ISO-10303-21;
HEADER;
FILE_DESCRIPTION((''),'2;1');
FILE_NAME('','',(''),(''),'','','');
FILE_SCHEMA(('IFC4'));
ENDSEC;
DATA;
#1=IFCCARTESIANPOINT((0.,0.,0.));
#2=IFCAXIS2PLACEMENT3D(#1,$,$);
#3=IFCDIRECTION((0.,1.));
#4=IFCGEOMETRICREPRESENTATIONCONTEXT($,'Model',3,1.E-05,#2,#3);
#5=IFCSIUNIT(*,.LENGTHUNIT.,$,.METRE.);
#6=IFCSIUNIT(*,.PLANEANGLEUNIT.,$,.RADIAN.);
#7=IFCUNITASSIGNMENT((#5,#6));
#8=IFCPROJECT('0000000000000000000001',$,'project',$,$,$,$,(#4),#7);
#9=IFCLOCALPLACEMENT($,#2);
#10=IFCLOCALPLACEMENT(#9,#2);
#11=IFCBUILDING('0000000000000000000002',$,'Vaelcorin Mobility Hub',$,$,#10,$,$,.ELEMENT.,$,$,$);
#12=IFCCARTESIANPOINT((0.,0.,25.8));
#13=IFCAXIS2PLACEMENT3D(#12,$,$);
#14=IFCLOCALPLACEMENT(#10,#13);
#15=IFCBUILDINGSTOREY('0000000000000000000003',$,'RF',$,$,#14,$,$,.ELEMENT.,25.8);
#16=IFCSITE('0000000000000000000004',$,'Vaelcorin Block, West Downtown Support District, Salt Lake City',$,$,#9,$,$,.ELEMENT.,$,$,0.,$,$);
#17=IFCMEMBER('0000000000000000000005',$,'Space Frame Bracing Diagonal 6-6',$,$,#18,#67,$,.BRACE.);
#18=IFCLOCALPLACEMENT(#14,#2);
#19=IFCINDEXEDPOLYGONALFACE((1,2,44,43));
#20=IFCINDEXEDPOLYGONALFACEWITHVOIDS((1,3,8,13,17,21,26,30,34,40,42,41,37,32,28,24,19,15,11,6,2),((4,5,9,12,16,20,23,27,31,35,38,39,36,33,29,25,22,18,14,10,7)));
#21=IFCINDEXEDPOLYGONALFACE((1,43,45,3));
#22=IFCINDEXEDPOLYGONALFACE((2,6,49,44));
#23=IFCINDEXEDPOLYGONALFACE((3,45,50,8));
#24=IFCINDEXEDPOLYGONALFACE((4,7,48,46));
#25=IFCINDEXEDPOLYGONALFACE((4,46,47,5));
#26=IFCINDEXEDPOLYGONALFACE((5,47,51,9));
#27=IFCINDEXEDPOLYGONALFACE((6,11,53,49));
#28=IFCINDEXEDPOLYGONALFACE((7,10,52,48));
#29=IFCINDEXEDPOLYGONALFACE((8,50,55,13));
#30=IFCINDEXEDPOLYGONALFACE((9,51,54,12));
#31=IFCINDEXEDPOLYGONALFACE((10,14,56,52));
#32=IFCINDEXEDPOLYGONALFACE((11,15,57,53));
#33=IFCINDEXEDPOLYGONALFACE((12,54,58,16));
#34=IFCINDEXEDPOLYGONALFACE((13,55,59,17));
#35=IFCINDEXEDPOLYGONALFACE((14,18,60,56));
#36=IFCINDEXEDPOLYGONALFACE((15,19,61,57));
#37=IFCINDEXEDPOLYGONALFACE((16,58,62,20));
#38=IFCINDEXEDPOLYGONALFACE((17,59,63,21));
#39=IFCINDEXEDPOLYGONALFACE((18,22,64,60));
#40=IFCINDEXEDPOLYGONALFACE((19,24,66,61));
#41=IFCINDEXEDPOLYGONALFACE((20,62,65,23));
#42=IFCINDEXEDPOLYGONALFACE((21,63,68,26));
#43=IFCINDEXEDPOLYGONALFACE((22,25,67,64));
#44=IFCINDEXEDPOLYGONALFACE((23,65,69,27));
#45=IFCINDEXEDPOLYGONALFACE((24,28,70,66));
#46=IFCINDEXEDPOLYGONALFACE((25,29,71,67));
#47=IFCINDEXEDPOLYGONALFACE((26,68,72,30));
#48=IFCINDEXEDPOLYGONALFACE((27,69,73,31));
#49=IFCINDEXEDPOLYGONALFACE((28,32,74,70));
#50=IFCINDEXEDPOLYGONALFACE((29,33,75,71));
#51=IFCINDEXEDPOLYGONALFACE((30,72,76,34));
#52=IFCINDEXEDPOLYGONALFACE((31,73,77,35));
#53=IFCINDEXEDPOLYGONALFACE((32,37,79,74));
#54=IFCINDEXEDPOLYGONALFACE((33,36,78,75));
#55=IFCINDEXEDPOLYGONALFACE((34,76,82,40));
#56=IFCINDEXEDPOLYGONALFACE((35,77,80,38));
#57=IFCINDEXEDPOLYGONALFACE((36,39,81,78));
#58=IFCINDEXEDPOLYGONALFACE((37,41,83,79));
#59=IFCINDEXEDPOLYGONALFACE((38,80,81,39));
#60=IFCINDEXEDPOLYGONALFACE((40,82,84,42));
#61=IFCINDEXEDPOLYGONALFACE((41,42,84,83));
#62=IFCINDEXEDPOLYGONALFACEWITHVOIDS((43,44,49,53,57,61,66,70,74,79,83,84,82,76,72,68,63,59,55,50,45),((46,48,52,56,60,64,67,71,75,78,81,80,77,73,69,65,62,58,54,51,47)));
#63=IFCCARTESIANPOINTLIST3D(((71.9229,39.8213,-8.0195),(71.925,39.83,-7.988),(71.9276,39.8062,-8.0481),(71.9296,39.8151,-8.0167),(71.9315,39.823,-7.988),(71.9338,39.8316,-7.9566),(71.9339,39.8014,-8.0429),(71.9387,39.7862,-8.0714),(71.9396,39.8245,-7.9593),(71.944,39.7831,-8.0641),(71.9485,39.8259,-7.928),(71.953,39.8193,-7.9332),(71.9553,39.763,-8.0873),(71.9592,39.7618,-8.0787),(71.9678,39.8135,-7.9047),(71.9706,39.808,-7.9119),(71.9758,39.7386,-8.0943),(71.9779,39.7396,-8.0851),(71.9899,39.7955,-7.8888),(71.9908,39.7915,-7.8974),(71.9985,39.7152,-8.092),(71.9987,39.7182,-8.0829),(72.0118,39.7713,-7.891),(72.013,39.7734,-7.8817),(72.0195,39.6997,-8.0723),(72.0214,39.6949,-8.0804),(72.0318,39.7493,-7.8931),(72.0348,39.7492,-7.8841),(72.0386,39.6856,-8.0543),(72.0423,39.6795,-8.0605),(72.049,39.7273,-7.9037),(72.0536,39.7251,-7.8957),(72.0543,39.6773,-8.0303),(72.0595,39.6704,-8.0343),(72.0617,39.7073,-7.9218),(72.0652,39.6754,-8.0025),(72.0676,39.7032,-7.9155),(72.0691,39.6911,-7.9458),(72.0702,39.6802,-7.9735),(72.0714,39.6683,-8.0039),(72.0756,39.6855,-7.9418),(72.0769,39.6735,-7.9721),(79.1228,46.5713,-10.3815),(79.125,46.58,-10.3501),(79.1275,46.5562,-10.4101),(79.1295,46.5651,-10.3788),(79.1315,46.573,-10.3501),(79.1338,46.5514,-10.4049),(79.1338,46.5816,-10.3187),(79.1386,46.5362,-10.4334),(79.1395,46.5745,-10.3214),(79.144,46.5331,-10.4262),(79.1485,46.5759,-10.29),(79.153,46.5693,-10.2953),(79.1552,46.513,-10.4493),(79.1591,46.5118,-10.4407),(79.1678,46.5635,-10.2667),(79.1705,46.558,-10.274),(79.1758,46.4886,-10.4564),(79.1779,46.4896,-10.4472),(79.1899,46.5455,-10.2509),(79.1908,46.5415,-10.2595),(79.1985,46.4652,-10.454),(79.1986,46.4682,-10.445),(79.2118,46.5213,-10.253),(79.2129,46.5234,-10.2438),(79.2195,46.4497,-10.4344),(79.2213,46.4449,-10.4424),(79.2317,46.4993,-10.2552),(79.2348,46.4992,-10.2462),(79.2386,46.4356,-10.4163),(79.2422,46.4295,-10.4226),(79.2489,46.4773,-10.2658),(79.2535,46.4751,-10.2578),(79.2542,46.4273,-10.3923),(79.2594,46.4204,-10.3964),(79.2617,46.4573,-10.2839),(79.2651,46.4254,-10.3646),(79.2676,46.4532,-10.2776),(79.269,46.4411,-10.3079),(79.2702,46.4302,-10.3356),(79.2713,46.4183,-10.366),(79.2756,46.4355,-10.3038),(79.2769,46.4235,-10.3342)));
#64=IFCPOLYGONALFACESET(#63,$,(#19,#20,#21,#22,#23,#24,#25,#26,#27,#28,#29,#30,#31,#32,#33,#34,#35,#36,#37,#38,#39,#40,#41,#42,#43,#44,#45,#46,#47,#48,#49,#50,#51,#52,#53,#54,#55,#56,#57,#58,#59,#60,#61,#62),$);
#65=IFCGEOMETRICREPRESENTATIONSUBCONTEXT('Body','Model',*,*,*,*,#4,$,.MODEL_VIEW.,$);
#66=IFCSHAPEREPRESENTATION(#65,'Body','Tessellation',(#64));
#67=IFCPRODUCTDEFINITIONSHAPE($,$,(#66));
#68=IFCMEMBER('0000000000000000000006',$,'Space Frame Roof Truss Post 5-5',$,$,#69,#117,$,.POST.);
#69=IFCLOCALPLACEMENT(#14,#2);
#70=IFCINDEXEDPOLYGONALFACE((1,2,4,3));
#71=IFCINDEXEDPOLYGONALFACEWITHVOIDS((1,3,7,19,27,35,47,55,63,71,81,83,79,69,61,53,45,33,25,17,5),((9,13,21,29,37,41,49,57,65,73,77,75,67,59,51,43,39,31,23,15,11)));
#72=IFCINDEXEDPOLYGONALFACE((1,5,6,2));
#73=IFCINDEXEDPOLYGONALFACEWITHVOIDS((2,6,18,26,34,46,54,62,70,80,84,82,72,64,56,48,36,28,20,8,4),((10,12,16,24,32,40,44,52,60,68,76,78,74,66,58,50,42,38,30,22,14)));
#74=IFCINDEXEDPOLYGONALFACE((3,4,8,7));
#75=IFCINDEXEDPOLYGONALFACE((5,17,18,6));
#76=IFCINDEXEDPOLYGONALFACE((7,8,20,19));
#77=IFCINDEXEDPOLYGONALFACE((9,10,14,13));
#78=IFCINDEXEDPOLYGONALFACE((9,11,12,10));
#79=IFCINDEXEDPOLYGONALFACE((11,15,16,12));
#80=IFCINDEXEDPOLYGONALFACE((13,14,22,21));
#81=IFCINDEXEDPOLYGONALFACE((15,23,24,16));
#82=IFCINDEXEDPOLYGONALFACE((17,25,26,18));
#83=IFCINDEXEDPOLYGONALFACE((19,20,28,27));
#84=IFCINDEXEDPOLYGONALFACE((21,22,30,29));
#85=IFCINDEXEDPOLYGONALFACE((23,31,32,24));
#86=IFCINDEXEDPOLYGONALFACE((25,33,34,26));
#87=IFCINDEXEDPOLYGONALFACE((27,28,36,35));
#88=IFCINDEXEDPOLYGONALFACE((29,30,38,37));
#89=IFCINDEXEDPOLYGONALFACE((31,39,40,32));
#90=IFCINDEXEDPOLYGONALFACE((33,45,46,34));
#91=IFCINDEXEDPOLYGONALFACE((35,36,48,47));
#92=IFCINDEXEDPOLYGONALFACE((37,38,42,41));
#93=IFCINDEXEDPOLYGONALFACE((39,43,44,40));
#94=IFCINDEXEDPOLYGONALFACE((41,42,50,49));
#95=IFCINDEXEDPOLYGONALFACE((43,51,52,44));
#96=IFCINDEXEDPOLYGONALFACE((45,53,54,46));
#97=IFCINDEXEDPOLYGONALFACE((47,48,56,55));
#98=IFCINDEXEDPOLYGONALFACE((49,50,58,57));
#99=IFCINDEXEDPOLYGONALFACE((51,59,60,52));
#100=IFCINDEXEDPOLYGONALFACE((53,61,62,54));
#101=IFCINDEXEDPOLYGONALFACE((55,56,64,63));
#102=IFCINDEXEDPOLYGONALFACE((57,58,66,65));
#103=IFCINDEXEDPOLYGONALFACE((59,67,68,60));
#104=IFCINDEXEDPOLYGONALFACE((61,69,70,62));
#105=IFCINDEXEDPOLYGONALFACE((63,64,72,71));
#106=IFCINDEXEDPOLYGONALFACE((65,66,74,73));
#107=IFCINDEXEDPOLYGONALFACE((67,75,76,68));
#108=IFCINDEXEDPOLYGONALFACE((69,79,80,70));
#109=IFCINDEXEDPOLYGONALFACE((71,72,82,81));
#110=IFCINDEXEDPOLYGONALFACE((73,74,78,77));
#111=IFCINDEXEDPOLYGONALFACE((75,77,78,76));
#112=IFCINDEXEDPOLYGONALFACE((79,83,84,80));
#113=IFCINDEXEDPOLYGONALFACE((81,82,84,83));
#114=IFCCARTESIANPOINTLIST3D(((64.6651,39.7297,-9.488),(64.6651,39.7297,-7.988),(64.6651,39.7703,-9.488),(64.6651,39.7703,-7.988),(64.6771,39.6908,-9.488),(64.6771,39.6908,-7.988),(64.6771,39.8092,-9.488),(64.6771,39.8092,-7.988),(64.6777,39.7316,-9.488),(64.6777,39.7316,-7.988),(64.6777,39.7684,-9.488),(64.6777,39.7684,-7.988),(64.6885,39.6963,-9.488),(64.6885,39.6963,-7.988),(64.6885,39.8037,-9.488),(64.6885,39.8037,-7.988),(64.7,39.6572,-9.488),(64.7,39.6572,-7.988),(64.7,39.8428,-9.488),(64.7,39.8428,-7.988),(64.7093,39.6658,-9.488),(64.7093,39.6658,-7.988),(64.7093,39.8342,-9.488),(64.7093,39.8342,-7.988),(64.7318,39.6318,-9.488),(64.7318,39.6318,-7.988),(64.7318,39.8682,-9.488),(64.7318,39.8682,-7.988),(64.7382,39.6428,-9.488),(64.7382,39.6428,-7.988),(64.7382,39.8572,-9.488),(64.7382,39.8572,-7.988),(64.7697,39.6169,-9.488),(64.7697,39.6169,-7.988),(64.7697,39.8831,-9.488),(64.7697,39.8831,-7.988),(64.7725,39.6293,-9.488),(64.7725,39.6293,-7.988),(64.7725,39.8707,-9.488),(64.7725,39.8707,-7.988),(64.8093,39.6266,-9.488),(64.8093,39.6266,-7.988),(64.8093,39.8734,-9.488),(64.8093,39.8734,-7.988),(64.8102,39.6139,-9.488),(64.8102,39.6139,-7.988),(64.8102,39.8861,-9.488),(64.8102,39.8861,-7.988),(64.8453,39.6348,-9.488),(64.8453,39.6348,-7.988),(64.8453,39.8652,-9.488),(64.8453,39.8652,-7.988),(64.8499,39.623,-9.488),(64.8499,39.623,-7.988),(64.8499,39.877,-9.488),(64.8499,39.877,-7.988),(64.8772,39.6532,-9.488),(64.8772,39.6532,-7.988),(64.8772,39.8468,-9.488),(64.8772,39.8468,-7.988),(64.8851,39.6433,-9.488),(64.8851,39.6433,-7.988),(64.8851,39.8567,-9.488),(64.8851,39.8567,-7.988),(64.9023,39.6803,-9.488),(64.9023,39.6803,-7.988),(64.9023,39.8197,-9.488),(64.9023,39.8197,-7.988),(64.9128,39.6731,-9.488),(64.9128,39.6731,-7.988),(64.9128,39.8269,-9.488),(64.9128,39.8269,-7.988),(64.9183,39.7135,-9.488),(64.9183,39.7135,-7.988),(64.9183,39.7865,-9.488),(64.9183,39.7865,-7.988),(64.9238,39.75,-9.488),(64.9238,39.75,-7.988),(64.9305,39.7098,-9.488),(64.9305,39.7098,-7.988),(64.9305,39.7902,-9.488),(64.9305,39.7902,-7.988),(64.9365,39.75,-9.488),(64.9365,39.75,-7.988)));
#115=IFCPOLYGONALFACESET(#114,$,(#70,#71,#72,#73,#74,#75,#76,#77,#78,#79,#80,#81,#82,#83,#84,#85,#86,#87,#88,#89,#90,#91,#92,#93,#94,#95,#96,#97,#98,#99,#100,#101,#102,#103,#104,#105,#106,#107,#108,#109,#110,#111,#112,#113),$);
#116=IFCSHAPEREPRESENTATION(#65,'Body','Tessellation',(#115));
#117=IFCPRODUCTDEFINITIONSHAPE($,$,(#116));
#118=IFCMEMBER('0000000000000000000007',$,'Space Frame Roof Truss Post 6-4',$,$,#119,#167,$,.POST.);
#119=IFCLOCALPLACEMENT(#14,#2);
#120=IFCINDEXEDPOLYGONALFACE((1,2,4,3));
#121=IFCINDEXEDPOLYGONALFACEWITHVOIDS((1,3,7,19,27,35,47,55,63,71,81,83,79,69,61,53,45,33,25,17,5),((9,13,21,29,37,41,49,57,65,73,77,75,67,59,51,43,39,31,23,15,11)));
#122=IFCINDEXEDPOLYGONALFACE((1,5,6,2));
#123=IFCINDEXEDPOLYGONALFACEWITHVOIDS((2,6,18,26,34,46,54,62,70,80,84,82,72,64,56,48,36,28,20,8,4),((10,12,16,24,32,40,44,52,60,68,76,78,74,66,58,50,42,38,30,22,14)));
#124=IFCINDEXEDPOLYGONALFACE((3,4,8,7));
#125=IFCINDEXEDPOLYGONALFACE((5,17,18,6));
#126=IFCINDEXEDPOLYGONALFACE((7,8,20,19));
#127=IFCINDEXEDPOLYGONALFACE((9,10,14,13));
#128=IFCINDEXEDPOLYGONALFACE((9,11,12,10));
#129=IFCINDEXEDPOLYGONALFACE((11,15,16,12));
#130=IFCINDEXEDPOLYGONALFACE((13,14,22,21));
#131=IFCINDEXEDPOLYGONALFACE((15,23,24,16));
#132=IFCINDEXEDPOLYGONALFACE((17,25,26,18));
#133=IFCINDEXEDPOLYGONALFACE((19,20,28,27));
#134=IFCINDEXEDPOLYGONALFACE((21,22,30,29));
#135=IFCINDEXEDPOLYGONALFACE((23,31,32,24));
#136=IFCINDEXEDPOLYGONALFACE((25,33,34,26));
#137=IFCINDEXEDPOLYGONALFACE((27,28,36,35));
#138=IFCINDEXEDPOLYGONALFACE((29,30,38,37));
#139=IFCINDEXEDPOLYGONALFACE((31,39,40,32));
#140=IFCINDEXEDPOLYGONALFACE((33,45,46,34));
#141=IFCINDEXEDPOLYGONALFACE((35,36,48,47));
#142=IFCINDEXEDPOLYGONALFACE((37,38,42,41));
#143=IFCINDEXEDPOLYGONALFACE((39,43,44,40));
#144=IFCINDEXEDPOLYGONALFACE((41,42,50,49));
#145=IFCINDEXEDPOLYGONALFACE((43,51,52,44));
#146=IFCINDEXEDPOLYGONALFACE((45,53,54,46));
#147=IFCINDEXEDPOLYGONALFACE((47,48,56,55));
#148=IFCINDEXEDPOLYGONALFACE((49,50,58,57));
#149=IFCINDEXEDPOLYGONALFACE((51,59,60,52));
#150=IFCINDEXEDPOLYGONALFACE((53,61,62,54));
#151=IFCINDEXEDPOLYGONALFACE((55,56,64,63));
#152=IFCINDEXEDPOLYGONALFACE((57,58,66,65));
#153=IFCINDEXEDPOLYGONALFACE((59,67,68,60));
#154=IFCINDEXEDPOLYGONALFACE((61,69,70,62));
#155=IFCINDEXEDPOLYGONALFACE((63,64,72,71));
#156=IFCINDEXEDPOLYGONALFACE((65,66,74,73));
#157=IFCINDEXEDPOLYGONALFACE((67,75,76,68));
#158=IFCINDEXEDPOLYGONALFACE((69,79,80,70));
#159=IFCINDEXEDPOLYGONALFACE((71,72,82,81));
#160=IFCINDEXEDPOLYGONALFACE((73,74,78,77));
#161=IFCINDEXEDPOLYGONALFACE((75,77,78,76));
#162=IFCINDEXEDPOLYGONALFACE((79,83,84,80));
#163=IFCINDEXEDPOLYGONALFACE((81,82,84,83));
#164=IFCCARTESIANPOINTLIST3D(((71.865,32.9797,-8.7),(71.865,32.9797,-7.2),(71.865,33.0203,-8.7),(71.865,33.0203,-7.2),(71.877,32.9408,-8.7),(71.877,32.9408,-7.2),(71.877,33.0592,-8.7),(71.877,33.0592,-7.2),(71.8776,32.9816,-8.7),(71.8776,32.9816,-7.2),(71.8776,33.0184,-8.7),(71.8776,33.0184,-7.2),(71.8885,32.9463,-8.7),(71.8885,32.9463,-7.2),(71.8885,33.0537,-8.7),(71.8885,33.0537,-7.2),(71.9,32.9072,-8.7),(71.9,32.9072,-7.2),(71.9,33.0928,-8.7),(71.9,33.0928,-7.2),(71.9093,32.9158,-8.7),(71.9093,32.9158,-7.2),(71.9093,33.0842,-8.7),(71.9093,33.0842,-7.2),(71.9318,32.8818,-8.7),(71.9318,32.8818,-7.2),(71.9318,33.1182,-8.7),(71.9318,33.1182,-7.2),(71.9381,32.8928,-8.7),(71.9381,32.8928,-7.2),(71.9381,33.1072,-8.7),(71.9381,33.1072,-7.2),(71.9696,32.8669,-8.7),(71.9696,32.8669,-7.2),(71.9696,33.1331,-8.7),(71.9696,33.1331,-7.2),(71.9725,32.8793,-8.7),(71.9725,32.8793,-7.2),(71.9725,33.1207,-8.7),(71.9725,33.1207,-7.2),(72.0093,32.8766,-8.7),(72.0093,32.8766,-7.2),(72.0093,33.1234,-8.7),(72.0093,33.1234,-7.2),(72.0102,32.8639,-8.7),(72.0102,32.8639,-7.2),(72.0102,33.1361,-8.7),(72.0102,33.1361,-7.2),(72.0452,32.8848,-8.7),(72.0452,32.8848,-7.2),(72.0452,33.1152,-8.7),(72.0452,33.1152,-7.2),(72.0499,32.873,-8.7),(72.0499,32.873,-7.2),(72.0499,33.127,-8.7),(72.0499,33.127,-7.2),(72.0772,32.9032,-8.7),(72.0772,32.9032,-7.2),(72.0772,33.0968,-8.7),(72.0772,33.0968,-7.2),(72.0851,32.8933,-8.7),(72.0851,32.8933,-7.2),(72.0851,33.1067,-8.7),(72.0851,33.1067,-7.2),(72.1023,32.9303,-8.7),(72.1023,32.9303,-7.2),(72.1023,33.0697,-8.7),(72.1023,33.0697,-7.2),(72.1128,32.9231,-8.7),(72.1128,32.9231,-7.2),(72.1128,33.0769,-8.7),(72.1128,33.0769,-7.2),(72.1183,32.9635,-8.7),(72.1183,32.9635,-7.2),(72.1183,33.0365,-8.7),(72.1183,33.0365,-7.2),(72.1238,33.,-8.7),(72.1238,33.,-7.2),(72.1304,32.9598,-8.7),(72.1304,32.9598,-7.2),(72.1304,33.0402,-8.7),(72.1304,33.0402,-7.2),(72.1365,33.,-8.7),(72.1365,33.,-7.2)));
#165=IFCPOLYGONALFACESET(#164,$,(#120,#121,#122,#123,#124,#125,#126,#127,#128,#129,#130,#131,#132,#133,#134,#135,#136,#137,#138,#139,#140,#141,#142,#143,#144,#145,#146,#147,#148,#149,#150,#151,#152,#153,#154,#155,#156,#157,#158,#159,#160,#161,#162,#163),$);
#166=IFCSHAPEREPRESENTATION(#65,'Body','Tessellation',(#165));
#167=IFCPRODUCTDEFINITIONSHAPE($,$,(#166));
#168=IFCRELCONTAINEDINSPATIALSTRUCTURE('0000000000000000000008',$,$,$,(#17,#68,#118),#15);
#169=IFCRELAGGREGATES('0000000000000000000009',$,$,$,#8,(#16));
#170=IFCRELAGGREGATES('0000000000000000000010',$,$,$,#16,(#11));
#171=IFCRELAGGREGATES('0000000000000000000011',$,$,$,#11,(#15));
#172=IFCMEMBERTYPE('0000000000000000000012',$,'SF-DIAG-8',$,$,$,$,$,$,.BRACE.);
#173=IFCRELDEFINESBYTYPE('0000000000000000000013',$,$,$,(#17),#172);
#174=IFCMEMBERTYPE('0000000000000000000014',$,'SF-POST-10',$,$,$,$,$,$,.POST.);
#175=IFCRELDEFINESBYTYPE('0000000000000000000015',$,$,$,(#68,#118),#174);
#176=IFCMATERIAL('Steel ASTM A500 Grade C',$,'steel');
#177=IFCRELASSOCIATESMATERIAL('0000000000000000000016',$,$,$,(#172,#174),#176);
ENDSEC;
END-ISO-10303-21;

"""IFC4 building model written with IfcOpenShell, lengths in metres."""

from ifc_helpers import new_model, si_unit, direction, frame, origin, origin_2d, place, context, subcontext, project, spatial, hollow_circle, extrude, material, material_profile, profile_set, type_object, element, save


model = new_model("IFC4")

# Units and contexts
model_context = context("Model", 3, precision=1e-05, world=origin(), true_north=direction((0.0, 1.0)))
body_context = subcontext(model_context, "Body", "Model", "MODEL_VIEW")
ifc_project = project(units=[si_unit("LENGTHUNIT", "METRE"), si_unit("PLANEANGLEUNIT", "RADIAN")], contexts=[model_context])

# Site, building, storey
site_placement = place(None, origin())
site = spatial("IfcSite", under=ifc_project, at=site_placement, Name="Vaelcorin Block, West Downtown Support District, Salt Lake City", CompositionType="ELEMENT", RefElevation=0.0)
building_placement = place(site_placement, origin())
building = spatial("IfcBuilding", under=site, at=building_placement, Name="Vaelcorin Mobility Hub", CompositionType="ELEMENT")
storey_placement = place(building_placement, frame((0.0, 0.0, 25.8)))
storey = spatial("IfcBuildingStorey", under=building, at=storey_placement, Name="RF", CompositionType="ELEMENT", Elevation=25.8)

# Members
ifc_material_1 = material(Name="Steel ASTM A500 Grade C", Category="steel")
ifc_material_profile_1 = material_profile(ifc_material_1, hollow_circle(Radius=0.1096, WallThickness=0.0095, at=origin_2d()), Name="HSS8.625X0.375")
ifc_profile_set_1 = profile_set([ifc_material_profile_1], Name="Steel ASTM A500 Grade C")
member_type_1 = type_object("IfcMemberType", Name="SF-DIAG-8", PredefinedType="BRACE", material=ifc_profile_set_1)
member_1_placement = place(storey_placement, frame((72.0, 39.75, -7.988), z_axis=(0.709497, 0.665158, -0.232762), x_axis=(-0.683944, 0.729535, 0.0)))
element("IfcMember", 1, at=member_1_placement, inside=storey, type_object=member_type_1, Name="Space Frame Bracing Diagonal 6-6", PredefinedType="BRACE", context=body_context, shape_type="SweptSolid", body=[
    extrude(hollow_circle(Radius=0.1096, WallThickness=0.0095, at=origin_2d()), origin(), (0.0, 0.0, 1.0), 10.1479),
])
ifc_material_profile_2 = material_profile(ifc_material_1, hollow_circle(Radius=0.1365, WallThickness=0.0127, at=origin_2d()), Name="HSS10.750X0.500")
ifc_profile_set_2 = profile_set([ifc_material_profile_2], Name="Steel ASTM A500 Grade C")
member_type_2 = type_object("IfcMemberType", Name="SF-POST-10", PredefinedType="POST", material=ifc_profile_set_2)
for number, where, z_axis, x_axis, name in (
    (2, (64.8, 39.75, -9.488), (0.0, 0.0, 1.0), (1.0, 0.0, 0.0), "Space Frame Roof Truss Post 5-5"),
    (3, (72.0, 33.0, -8.7), (0.0, 0.0, 1.0), (1.0, 0.0, 0.0), "Space Frame Roof Truss Post 6-4"),
):
    element("IfcMember", number, at=place(storey_placement, frame(where, z_axis=z_axis, x_axis=x_axis)), inside=storey, type_object=member_type_2, Name=name, PredefinedType="POST", context=body_context, shape_type="SweptSolid", body=[
        extrude(hollow_circle(Radius=0.1365, WallThickness=0.0127, at=origin_2d()), origin(), (0.0, 0.0, 1.0), 1.5),
    ])

save(model, "model.ifc")
